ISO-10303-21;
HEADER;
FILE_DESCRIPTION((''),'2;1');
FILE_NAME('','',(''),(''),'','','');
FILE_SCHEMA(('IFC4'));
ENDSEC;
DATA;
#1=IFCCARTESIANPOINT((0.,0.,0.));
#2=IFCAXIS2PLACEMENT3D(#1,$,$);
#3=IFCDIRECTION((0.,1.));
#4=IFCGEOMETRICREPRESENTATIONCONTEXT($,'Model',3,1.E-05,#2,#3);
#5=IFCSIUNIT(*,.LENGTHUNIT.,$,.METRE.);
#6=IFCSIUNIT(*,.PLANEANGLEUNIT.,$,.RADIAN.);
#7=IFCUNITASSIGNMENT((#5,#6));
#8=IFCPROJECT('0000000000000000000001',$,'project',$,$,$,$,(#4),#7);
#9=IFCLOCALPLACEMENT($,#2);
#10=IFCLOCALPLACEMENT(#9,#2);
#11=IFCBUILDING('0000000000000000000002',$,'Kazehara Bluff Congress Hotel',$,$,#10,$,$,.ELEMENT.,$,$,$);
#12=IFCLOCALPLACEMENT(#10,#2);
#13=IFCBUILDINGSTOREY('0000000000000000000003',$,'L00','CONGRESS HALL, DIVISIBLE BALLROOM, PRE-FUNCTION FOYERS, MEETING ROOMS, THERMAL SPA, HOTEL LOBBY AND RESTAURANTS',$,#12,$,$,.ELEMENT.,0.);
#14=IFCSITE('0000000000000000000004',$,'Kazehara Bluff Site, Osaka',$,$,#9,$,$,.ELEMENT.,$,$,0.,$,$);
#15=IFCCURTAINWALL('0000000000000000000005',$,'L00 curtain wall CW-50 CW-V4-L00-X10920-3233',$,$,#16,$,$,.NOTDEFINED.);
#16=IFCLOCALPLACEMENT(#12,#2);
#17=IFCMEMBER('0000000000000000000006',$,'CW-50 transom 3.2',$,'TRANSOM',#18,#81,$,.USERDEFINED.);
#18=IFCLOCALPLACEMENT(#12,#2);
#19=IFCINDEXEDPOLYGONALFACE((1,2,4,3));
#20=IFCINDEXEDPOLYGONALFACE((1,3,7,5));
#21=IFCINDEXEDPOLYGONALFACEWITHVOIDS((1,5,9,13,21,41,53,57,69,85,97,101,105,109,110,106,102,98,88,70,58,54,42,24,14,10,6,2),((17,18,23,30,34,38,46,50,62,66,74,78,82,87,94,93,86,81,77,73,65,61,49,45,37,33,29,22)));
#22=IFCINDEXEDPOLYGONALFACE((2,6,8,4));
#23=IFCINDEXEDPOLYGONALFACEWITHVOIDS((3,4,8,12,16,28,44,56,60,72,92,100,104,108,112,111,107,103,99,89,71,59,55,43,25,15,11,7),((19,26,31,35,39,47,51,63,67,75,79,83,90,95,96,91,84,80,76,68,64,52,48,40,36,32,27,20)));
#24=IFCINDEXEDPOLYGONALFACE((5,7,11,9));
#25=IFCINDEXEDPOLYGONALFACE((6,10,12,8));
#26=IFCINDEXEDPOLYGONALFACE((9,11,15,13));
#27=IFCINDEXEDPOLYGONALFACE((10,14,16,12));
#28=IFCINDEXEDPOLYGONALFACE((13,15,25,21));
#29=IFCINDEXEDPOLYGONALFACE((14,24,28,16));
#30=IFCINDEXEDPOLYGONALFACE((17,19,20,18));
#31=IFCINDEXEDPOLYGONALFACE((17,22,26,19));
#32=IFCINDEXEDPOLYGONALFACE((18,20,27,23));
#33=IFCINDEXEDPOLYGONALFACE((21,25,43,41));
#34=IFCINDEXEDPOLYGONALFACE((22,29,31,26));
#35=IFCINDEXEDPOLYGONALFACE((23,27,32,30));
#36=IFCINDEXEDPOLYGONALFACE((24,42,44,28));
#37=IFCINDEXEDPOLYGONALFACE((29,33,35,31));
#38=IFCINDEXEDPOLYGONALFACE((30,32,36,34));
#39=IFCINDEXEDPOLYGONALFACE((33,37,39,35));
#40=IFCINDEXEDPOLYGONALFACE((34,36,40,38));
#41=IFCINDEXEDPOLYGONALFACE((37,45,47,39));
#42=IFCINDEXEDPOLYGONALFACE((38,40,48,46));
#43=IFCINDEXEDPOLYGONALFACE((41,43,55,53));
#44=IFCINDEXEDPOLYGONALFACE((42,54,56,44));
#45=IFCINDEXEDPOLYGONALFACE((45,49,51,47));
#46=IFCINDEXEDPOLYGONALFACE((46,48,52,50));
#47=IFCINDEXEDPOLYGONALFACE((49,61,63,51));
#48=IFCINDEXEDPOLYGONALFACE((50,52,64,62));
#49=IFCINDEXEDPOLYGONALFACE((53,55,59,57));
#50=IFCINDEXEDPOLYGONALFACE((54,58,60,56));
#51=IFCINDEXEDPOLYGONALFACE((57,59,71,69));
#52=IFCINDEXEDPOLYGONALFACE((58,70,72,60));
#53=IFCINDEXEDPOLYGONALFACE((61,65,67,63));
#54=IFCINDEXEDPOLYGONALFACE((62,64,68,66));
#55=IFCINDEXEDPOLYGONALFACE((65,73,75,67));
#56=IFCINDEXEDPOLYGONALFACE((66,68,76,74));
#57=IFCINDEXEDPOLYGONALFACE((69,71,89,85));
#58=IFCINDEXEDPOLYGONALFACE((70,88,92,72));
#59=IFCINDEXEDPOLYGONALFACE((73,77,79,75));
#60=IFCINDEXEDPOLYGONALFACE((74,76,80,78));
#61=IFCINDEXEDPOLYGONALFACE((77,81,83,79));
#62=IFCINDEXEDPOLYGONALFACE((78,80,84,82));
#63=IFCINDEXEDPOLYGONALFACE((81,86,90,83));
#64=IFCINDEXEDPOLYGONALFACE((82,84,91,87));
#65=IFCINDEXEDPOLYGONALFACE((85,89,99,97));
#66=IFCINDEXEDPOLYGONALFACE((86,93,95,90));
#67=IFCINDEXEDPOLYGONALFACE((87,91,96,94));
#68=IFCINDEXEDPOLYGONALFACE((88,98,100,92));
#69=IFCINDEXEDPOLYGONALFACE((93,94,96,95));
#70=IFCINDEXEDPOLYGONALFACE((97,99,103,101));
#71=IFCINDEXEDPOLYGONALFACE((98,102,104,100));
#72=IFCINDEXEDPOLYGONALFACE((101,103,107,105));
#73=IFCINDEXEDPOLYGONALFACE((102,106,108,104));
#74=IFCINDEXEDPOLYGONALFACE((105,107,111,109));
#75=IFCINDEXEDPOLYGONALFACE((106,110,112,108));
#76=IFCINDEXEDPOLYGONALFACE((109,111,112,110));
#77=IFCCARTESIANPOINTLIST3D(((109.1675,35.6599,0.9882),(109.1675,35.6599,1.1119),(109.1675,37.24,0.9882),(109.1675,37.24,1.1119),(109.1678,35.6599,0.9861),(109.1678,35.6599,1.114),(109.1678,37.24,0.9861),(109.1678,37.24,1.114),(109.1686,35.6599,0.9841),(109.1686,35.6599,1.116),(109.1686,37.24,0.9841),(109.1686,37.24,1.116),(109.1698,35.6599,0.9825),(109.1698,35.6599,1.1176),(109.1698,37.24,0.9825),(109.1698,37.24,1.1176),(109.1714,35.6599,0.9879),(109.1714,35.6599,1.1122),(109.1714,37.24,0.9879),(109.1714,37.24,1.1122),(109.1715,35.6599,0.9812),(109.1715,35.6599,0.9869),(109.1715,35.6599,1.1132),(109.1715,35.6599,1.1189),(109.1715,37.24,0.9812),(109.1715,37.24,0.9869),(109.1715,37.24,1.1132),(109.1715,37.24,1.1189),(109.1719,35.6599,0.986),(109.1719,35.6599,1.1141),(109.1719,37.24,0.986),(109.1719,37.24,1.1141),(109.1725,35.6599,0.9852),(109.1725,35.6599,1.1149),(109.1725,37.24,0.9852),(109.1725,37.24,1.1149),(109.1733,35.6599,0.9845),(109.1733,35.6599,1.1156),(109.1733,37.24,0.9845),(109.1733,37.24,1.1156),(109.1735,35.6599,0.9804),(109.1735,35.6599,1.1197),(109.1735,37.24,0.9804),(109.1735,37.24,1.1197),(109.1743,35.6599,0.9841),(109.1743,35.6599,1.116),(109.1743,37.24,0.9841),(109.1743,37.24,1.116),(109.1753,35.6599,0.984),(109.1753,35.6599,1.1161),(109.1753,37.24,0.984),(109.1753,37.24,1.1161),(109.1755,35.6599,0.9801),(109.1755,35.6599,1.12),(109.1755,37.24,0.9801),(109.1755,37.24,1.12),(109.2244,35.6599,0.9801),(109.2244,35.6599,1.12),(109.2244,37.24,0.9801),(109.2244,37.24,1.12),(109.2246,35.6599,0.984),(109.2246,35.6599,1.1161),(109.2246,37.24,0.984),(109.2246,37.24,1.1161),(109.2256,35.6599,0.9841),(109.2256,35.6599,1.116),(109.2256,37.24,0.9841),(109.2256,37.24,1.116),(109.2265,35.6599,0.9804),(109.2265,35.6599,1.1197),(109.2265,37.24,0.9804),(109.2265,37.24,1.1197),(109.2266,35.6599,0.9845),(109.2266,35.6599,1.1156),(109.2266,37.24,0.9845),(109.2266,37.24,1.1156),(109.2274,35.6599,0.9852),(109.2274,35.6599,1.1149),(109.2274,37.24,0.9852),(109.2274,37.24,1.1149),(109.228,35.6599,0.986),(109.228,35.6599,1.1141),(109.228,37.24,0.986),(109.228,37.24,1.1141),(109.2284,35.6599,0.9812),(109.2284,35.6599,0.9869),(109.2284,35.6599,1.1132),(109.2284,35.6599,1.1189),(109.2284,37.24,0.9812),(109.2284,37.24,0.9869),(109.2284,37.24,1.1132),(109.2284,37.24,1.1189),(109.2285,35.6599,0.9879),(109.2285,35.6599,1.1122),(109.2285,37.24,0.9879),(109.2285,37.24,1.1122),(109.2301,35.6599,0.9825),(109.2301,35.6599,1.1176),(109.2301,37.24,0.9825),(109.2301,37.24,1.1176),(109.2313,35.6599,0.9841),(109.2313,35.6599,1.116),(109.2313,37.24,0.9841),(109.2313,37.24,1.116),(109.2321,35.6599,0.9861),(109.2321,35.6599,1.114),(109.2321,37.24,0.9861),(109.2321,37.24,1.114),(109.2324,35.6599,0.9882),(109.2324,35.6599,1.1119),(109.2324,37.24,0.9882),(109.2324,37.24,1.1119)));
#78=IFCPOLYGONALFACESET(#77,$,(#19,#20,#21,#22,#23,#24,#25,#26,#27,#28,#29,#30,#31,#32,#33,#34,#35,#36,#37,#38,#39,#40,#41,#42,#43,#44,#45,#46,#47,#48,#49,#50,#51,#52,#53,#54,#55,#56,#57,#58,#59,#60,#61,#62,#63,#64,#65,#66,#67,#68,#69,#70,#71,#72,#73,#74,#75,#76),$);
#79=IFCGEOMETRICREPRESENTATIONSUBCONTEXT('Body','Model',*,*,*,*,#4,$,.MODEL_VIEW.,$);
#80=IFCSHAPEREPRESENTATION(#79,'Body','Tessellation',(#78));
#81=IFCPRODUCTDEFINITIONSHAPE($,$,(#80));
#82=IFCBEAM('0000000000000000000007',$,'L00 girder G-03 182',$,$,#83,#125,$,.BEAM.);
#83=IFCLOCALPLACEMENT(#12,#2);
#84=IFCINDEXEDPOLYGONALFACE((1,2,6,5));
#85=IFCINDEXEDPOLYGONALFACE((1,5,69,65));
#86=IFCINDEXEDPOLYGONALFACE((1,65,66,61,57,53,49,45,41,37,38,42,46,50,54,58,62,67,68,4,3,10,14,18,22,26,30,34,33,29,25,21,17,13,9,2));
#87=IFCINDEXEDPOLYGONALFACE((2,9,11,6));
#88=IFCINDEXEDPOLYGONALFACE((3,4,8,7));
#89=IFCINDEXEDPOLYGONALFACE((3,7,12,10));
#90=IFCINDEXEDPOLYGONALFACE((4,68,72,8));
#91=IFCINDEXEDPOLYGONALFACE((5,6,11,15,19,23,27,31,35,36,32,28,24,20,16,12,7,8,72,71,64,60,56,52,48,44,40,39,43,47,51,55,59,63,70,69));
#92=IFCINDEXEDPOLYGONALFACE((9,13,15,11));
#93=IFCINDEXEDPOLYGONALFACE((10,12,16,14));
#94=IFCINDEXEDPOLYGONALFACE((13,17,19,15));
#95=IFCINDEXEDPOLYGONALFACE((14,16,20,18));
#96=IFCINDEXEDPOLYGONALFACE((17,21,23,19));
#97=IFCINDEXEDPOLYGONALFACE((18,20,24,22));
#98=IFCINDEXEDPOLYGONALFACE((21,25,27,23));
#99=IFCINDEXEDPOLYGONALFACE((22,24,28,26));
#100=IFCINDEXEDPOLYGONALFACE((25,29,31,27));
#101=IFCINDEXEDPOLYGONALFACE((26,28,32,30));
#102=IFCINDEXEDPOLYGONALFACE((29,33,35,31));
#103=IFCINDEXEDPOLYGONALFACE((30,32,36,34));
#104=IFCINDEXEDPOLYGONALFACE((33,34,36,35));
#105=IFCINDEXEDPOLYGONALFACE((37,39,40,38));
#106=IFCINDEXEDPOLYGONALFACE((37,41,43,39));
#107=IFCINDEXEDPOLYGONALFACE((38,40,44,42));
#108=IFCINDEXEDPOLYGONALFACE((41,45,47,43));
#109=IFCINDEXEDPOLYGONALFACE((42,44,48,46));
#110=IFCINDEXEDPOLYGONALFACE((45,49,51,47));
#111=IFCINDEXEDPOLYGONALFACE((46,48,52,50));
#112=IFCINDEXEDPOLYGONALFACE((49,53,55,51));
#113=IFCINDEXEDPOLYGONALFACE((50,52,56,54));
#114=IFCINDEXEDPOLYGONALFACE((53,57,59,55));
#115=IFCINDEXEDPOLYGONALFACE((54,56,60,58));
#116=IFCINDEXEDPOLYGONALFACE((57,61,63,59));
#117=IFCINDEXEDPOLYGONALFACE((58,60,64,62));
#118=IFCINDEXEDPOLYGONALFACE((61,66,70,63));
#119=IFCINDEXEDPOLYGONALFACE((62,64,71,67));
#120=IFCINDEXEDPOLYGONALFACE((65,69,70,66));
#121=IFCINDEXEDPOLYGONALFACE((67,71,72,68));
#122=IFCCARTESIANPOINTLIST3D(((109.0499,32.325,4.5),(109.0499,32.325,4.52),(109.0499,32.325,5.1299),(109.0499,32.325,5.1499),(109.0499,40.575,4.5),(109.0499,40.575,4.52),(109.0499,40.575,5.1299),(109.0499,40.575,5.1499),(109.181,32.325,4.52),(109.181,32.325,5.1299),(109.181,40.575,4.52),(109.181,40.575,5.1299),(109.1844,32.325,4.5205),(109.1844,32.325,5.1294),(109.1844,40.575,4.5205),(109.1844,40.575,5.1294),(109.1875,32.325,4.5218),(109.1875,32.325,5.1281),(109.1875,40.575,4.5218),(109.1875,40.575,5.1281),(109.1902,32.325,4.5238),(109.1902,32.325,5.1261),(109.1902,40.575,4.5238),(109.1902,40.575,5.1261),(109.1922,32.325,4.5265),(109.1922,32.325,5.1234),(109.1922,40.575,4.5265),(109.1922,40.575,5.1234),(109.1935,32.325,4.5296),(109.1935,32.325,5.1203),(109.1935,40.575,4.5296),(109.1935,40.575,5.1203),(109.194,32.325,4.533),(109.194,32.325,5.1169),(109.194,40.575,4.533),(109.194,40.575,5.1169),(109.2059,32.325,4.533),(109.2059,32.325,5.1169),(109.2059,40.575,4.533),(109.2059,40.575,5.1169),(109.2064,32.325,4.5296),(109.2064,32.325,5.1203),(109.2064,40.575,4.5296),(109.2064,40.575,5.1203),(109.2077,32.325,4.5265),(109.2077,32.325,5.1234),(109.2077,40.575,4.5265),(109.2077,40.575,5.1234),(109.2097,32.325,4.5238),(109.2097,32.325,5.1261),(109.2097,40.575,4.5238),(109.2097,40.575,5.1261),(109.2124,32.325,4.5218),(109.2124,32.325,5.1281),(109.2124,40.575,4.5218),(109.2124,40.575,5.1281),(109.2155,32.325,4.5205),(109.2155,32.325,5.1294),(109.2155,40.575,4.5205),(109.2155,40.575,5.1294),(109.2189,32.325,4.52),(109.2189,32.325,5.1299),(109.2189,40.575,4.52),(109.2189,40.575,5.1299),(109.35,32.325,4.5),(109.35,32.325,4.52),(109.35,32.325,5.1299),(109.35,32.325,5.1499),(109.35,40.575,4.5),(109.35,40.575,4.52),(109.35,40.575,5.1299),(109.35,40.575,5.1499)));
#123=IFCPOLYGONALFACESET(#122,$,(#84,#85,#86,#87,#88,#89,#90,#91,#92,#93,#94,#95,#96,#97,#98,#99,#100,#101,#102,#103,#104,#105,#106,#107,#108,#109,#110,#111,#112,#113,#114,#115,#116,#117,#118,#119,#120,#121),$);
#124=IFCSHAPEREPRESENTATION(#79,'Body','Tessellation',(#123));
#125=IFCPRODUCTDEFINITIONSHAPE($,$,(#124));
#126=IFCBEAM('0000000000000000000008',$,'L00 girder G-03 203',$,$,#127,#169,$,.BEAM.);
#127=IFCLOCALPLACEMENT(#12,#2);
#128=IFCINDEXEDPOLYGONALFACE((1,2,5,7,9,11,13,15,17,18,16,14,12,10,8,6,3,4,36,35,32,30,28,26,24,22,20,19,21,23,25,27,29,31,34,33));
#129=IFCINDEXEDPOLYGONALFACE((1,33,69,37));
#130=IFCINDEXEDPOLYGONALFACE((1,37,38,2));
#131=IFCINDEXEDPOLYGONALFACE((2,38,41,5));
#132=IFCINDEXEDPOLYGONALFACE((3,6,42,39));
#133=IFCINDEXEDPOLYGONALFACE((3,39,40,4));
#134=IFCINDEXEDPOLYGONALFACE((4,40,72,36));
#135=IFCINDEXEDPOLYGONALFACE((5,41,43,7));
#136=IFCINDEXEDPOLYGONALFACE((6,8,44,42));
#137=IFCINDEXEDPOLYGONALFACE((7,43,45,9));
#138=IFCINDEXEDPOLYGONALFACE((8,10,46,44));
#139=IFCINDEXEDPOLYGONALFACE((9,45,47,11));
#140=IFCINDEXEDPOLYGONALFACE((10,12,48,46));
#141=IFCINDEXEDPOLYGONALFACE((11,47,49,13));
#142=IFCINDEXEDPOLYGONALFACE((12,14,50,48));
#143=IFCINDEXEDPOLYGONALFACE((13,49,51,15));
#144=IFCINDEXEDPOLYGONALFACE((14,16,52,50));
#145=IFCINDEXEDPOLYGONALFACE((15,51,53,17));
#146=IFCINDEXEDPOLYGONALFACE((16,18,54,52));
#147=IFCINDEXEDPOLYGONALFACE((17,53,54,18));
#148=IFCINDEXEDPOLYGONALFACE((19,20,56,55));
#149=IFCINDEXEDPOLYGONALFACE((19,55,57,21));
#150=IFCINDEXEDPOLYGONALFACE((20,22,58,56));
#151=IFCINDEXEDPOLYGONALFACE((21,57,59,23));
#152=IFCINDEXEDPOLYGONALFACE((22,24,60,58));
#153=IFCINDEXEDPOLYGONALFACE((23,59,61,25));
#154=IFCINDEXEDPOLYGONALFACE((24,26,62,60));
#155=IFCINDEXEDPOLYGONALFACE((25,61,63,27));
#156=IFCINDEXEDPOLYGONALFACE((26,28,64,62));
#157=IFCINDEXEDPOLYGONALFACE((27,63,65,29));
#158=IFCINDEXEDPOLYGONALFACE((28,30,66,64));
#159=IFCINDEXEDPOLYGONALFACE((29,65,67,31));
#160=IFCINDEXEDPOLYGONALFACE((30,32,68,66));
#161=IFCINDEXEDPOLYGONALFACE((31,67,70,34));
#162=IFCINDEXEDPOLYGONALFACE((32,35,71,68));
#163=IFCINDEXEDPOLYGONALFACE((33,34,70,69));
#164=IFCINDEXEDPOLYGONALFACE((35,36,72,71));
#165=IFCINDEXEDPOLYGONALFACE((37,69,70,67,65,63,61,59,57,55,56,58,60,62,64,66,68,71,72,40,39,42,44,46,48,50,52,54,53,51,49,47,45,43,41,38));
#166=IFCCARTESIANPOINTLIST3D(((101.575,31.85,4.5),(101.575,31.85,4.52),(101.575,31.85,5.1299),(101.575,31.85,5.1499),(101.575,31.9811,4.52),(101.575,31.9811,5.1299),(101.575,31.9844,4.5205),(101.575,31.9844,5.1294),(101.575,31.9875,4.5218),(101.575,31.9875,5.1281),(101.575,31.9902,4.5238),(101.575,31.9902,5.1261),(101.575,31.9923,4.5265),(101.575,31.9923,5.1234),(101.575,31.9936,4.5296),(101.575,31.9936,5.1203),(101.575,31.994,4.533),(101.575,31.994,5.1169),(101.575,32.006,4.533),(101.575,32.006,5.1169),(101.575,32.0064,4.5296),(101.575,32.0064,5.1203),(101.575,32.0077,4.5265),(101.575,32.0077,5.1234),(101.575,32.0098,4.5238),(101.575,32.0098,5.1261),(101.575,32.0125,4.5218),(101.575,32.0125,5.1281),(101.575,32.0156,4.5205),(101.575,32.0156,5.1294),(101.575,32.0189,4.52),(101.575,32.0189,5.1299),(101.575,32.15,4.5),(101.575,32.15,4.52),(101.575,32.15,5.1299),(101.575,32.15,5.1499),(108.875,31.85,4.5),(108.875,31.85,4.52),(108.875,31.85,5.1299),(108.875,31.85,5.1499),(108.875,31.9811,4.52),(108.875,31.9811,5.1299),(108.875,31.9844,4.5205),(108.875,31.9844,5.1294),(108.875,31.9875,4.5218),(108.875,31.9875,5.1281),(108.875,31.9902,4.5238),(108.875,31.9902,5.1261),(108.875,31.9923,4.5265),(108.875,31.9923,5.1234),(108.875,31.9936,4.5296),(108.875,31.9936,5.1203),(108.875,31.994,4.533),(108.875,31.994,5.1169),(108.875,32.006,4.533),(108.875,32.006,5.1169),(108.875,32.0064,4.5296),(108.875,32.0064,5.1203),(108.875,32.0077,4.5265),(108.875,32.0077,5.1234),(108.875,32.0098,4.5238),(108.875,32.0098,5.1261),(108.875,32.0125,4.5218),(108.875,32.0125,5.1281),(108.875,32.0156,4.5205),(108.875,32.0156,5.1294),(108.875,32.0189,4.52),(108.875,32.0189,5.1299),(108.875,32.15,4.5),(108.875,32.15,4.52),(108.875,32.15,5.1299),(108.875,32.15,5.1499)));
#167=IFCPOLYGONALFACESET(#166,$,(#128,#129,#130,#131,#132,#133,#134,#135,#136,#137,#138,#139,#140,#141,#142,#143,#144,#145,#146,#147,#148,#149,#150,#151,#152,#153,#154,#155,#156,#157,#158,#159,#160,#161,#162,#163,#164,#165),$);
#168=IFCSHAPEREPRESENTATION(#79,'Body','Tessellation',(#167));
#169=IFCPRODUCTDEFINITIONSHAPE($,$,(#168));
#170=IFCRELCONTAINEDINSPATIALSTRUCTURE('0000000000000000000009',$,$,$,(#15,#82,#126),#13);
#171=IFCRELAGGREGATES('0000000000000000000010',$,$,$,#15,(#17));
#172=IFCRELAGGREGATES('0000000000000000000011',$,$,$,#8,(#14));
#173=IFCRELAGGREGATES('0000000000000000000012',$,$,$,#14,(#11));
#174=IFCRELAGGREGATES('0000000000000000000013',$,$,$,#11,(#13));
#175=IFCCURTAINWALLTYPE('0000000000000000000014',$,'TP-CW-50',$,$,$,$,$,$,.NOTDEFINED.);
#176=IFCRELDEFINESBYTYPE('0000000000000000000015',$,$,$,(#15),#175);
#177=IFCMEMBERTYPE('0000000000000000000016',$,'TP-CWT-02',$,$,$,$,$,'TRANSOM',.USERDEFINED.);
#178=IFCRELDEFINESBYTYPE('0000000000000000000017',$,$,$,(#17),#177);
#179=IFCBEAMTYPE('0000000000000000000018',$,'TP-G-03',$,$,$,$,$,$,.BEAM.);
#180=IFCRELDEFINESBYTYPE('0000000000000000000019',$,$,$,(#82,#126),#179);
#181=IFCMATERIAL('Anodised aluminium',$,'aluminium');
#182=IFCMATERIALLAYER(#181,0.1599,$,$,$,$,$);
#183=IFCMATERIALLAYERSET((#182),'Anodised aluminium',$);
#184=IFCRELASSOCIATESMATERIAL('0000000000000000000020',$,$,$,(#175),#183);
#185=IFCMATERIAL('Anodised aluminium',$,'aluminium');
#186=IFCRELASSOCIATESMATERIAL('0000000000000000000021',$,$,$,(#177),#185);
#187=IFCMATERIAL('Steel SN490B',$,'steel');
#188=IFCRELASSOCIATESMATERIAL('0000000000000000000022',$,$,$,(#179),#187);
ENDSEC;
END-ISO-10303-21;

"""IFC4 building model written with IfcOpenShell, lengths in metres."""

from ifc_helpers import new_model, si_unit, direction, frame, origin, origin_2d, place, context, subcontext, project, spatial, hollow_rectangle, i_section, extrude, material, layer, layer_set, material_profile, profile_set, type_object, element, aggregate, save


model = new_model("IFC4")

# Units and contexts
model_context = context("Model", 3, precision=1e-05, world=origin(), true_north=direction((0.0, 1.0)))
body_context = subcontext(model_context, "Body", "Model", "MODEL_VIEW")
ifc_project = project(units=[si_unit("LENGTHUNIT", "METRE"), si_unit("PLANEANGLEUNIT", "RADIAN")], contexts=[model_context])

# Site, building, storey
site_placement = place(None, origin())
site = spatial("IfcSite", under=ifc_project, at=site_placement, Name="Kazehara Bluff Site, Osaka", CompositionType="ELEMENT", RefElevation=0.0)
building_placement = place(site_placement, origin())
building = spatial("IfcBuilding", under=site, at=building_placement, Name="Kazehara Bluff Congress Hotel", CompositionType="ELEMENT")
storey_placement = place(building_placement, origin())
storey = spatial("IfcBuildingStorey", under=building, at=storey_placement, Name="L00", Description="CONGRESS HALL, DIVISIBLE BALLROOM, PRE-FUNCTION FOYERS, MEETING ROOMS, THERMAL SPA, HOTEL LOBBY AND RESTAURANTS", CompositionType="ELEMENT", Elevation=0.0)

# Curtain wall, member
ifc_material_1 = material(Name="Anodised aluminium", Category="aluminium")
ifc_layer_1 = layer(ifc_material_1, 0.1599)
ifc_layer_set_1 = layer_set([ifc_layer_1], Name="Anodised aluminium")
curtain_wall_type_1 = type_object("IfcCurtainWallType", Name="TP-CW-50", PredefinedType="NOTDEFINED", material=ifc_layer_set_1)
curtain_wall_1_placement = place(storey_placement, origin())
curtain_wall_1 = element("IfcCurtainWall", 1, at=curtain_wall_1_placement, inside=storey, type_object=curtain_wall_type_1, Name="L00 curtain wall CW-50 CW-V4-L00-X10920-3233", PredefinedType="NOTDEFINED")
ifc_material_2 = material(Name="Anodised aluminium", Category="aluminium")
ifc_material_profile_1 = material_profile(ifc_material_2, hollow_rectangle(XDim=0.0649, YDim=0.1399, WallThickness=0.0039, InnerFilletRadius=0.0039, OuterFilletRadius=0.0081, at=origin_2d()))
ifc_profile_set_1 = profile_set([ifc_material_profile_1], Name="Anodised aluminium")
member_type_1 = type_object("IfcMemberType", Name="TP-CWT-02", ElementType="TRANSOM", PredefinedType="USERDEFINED", material=ifc_profile_set_1)
member_1_placement = place(storey_placement, frame((109.2, 35.6599, 1.05), z_axis=(0.0, 1.0, 0.0), x_axis=(-1.0, 0.0, 0.0)))
member_1 = element("IfcMember", 2, at=member_1_placement, type_object=member_type_1, Name="CW-50 transom 3.2", ObjectType="TRANSOM", PredefinedType="USERDEFINED", context=body_context, shape_type="SweptSolid", body=[
    extrude(hollow_rectangle(XDim=0.0649, YDim=0.1399, WallThickness=0.0039, InnerFilletRadius=0.0039, OuterFilletRadius=0.0081, at=origin_2d()), origin(), (0.0, 0.0, 1.0), 1.5801),
])

# Beams
ifc_material_3 = material(Name="Steel SN490B", Category="steel")
ifc_material_profile_2 = material_profile(ifc_material_3, i_section(OverallWidth=0.3, OverallDepth=0.6499, WebThickness=0.012, FlangeThickness=0.02, FilletRadius=0.0129, at=origin_2d()))
ifc_profile_set_2 = profile_set([ifc_material_profile_2], Name="Steel SN490B")
beam_type_1 = type_object("IfcBeamType", Name="TP-G-03", PredefinedType="BEAM", material=ifc_profile_set_2)
beam_1_placement = place(storey_placement, frame((109.2, 32.325, 4.825), z_axis=(0.0, 1.0, 0.0), x_axis=(-1.0, 0.0, 0.0)))
element("IfcBeam", 3, at=beam_1_placement, inside=storey, type_object=beam_type_1, Name="L00 girder G-03 182", PredefinedType="BEAM", context=body_context, shape_type="SweptSolid", body=[
    extrude(i_section(OverallWidth=0.3, OverallDepth=0.6499, WebThickness=0.012, FlangeThickness=0.02, FilletRadius=0.0129, at=origin_2d()), origin(), (0.0, 0.0, 1.0), 8.25),
])
for number, where, z_axis, x_axis, name in (
    (4, (101.575, 32.0, 4.825), (1.0, 0.0, 0.0), (0.0, 1.0, 0.0), "L00 girder G-03 203"),
):
    element("IfcBeam", number, at=place(storey_placement, frame(where, z_axis=z_axis, x_axis=x_axis)), inside=storey, type_object=beam_type_1, Name=name, PredefinedType="BEAM", context=body_context, shape_type="SweptSolid", body=[
        extrude(i_section(OverallWidth=0.3, OverallDepth=0.6499, WebThickness=0.012, FlangeThickness=0.02, FilletRadius=0.0129, at=origin_2d()), origin(), (0.0, 0.0, 1.0), 7.3),
    ])

aggregate(curtain_wall_1, [member_1])

save(model, "model.ifc")
